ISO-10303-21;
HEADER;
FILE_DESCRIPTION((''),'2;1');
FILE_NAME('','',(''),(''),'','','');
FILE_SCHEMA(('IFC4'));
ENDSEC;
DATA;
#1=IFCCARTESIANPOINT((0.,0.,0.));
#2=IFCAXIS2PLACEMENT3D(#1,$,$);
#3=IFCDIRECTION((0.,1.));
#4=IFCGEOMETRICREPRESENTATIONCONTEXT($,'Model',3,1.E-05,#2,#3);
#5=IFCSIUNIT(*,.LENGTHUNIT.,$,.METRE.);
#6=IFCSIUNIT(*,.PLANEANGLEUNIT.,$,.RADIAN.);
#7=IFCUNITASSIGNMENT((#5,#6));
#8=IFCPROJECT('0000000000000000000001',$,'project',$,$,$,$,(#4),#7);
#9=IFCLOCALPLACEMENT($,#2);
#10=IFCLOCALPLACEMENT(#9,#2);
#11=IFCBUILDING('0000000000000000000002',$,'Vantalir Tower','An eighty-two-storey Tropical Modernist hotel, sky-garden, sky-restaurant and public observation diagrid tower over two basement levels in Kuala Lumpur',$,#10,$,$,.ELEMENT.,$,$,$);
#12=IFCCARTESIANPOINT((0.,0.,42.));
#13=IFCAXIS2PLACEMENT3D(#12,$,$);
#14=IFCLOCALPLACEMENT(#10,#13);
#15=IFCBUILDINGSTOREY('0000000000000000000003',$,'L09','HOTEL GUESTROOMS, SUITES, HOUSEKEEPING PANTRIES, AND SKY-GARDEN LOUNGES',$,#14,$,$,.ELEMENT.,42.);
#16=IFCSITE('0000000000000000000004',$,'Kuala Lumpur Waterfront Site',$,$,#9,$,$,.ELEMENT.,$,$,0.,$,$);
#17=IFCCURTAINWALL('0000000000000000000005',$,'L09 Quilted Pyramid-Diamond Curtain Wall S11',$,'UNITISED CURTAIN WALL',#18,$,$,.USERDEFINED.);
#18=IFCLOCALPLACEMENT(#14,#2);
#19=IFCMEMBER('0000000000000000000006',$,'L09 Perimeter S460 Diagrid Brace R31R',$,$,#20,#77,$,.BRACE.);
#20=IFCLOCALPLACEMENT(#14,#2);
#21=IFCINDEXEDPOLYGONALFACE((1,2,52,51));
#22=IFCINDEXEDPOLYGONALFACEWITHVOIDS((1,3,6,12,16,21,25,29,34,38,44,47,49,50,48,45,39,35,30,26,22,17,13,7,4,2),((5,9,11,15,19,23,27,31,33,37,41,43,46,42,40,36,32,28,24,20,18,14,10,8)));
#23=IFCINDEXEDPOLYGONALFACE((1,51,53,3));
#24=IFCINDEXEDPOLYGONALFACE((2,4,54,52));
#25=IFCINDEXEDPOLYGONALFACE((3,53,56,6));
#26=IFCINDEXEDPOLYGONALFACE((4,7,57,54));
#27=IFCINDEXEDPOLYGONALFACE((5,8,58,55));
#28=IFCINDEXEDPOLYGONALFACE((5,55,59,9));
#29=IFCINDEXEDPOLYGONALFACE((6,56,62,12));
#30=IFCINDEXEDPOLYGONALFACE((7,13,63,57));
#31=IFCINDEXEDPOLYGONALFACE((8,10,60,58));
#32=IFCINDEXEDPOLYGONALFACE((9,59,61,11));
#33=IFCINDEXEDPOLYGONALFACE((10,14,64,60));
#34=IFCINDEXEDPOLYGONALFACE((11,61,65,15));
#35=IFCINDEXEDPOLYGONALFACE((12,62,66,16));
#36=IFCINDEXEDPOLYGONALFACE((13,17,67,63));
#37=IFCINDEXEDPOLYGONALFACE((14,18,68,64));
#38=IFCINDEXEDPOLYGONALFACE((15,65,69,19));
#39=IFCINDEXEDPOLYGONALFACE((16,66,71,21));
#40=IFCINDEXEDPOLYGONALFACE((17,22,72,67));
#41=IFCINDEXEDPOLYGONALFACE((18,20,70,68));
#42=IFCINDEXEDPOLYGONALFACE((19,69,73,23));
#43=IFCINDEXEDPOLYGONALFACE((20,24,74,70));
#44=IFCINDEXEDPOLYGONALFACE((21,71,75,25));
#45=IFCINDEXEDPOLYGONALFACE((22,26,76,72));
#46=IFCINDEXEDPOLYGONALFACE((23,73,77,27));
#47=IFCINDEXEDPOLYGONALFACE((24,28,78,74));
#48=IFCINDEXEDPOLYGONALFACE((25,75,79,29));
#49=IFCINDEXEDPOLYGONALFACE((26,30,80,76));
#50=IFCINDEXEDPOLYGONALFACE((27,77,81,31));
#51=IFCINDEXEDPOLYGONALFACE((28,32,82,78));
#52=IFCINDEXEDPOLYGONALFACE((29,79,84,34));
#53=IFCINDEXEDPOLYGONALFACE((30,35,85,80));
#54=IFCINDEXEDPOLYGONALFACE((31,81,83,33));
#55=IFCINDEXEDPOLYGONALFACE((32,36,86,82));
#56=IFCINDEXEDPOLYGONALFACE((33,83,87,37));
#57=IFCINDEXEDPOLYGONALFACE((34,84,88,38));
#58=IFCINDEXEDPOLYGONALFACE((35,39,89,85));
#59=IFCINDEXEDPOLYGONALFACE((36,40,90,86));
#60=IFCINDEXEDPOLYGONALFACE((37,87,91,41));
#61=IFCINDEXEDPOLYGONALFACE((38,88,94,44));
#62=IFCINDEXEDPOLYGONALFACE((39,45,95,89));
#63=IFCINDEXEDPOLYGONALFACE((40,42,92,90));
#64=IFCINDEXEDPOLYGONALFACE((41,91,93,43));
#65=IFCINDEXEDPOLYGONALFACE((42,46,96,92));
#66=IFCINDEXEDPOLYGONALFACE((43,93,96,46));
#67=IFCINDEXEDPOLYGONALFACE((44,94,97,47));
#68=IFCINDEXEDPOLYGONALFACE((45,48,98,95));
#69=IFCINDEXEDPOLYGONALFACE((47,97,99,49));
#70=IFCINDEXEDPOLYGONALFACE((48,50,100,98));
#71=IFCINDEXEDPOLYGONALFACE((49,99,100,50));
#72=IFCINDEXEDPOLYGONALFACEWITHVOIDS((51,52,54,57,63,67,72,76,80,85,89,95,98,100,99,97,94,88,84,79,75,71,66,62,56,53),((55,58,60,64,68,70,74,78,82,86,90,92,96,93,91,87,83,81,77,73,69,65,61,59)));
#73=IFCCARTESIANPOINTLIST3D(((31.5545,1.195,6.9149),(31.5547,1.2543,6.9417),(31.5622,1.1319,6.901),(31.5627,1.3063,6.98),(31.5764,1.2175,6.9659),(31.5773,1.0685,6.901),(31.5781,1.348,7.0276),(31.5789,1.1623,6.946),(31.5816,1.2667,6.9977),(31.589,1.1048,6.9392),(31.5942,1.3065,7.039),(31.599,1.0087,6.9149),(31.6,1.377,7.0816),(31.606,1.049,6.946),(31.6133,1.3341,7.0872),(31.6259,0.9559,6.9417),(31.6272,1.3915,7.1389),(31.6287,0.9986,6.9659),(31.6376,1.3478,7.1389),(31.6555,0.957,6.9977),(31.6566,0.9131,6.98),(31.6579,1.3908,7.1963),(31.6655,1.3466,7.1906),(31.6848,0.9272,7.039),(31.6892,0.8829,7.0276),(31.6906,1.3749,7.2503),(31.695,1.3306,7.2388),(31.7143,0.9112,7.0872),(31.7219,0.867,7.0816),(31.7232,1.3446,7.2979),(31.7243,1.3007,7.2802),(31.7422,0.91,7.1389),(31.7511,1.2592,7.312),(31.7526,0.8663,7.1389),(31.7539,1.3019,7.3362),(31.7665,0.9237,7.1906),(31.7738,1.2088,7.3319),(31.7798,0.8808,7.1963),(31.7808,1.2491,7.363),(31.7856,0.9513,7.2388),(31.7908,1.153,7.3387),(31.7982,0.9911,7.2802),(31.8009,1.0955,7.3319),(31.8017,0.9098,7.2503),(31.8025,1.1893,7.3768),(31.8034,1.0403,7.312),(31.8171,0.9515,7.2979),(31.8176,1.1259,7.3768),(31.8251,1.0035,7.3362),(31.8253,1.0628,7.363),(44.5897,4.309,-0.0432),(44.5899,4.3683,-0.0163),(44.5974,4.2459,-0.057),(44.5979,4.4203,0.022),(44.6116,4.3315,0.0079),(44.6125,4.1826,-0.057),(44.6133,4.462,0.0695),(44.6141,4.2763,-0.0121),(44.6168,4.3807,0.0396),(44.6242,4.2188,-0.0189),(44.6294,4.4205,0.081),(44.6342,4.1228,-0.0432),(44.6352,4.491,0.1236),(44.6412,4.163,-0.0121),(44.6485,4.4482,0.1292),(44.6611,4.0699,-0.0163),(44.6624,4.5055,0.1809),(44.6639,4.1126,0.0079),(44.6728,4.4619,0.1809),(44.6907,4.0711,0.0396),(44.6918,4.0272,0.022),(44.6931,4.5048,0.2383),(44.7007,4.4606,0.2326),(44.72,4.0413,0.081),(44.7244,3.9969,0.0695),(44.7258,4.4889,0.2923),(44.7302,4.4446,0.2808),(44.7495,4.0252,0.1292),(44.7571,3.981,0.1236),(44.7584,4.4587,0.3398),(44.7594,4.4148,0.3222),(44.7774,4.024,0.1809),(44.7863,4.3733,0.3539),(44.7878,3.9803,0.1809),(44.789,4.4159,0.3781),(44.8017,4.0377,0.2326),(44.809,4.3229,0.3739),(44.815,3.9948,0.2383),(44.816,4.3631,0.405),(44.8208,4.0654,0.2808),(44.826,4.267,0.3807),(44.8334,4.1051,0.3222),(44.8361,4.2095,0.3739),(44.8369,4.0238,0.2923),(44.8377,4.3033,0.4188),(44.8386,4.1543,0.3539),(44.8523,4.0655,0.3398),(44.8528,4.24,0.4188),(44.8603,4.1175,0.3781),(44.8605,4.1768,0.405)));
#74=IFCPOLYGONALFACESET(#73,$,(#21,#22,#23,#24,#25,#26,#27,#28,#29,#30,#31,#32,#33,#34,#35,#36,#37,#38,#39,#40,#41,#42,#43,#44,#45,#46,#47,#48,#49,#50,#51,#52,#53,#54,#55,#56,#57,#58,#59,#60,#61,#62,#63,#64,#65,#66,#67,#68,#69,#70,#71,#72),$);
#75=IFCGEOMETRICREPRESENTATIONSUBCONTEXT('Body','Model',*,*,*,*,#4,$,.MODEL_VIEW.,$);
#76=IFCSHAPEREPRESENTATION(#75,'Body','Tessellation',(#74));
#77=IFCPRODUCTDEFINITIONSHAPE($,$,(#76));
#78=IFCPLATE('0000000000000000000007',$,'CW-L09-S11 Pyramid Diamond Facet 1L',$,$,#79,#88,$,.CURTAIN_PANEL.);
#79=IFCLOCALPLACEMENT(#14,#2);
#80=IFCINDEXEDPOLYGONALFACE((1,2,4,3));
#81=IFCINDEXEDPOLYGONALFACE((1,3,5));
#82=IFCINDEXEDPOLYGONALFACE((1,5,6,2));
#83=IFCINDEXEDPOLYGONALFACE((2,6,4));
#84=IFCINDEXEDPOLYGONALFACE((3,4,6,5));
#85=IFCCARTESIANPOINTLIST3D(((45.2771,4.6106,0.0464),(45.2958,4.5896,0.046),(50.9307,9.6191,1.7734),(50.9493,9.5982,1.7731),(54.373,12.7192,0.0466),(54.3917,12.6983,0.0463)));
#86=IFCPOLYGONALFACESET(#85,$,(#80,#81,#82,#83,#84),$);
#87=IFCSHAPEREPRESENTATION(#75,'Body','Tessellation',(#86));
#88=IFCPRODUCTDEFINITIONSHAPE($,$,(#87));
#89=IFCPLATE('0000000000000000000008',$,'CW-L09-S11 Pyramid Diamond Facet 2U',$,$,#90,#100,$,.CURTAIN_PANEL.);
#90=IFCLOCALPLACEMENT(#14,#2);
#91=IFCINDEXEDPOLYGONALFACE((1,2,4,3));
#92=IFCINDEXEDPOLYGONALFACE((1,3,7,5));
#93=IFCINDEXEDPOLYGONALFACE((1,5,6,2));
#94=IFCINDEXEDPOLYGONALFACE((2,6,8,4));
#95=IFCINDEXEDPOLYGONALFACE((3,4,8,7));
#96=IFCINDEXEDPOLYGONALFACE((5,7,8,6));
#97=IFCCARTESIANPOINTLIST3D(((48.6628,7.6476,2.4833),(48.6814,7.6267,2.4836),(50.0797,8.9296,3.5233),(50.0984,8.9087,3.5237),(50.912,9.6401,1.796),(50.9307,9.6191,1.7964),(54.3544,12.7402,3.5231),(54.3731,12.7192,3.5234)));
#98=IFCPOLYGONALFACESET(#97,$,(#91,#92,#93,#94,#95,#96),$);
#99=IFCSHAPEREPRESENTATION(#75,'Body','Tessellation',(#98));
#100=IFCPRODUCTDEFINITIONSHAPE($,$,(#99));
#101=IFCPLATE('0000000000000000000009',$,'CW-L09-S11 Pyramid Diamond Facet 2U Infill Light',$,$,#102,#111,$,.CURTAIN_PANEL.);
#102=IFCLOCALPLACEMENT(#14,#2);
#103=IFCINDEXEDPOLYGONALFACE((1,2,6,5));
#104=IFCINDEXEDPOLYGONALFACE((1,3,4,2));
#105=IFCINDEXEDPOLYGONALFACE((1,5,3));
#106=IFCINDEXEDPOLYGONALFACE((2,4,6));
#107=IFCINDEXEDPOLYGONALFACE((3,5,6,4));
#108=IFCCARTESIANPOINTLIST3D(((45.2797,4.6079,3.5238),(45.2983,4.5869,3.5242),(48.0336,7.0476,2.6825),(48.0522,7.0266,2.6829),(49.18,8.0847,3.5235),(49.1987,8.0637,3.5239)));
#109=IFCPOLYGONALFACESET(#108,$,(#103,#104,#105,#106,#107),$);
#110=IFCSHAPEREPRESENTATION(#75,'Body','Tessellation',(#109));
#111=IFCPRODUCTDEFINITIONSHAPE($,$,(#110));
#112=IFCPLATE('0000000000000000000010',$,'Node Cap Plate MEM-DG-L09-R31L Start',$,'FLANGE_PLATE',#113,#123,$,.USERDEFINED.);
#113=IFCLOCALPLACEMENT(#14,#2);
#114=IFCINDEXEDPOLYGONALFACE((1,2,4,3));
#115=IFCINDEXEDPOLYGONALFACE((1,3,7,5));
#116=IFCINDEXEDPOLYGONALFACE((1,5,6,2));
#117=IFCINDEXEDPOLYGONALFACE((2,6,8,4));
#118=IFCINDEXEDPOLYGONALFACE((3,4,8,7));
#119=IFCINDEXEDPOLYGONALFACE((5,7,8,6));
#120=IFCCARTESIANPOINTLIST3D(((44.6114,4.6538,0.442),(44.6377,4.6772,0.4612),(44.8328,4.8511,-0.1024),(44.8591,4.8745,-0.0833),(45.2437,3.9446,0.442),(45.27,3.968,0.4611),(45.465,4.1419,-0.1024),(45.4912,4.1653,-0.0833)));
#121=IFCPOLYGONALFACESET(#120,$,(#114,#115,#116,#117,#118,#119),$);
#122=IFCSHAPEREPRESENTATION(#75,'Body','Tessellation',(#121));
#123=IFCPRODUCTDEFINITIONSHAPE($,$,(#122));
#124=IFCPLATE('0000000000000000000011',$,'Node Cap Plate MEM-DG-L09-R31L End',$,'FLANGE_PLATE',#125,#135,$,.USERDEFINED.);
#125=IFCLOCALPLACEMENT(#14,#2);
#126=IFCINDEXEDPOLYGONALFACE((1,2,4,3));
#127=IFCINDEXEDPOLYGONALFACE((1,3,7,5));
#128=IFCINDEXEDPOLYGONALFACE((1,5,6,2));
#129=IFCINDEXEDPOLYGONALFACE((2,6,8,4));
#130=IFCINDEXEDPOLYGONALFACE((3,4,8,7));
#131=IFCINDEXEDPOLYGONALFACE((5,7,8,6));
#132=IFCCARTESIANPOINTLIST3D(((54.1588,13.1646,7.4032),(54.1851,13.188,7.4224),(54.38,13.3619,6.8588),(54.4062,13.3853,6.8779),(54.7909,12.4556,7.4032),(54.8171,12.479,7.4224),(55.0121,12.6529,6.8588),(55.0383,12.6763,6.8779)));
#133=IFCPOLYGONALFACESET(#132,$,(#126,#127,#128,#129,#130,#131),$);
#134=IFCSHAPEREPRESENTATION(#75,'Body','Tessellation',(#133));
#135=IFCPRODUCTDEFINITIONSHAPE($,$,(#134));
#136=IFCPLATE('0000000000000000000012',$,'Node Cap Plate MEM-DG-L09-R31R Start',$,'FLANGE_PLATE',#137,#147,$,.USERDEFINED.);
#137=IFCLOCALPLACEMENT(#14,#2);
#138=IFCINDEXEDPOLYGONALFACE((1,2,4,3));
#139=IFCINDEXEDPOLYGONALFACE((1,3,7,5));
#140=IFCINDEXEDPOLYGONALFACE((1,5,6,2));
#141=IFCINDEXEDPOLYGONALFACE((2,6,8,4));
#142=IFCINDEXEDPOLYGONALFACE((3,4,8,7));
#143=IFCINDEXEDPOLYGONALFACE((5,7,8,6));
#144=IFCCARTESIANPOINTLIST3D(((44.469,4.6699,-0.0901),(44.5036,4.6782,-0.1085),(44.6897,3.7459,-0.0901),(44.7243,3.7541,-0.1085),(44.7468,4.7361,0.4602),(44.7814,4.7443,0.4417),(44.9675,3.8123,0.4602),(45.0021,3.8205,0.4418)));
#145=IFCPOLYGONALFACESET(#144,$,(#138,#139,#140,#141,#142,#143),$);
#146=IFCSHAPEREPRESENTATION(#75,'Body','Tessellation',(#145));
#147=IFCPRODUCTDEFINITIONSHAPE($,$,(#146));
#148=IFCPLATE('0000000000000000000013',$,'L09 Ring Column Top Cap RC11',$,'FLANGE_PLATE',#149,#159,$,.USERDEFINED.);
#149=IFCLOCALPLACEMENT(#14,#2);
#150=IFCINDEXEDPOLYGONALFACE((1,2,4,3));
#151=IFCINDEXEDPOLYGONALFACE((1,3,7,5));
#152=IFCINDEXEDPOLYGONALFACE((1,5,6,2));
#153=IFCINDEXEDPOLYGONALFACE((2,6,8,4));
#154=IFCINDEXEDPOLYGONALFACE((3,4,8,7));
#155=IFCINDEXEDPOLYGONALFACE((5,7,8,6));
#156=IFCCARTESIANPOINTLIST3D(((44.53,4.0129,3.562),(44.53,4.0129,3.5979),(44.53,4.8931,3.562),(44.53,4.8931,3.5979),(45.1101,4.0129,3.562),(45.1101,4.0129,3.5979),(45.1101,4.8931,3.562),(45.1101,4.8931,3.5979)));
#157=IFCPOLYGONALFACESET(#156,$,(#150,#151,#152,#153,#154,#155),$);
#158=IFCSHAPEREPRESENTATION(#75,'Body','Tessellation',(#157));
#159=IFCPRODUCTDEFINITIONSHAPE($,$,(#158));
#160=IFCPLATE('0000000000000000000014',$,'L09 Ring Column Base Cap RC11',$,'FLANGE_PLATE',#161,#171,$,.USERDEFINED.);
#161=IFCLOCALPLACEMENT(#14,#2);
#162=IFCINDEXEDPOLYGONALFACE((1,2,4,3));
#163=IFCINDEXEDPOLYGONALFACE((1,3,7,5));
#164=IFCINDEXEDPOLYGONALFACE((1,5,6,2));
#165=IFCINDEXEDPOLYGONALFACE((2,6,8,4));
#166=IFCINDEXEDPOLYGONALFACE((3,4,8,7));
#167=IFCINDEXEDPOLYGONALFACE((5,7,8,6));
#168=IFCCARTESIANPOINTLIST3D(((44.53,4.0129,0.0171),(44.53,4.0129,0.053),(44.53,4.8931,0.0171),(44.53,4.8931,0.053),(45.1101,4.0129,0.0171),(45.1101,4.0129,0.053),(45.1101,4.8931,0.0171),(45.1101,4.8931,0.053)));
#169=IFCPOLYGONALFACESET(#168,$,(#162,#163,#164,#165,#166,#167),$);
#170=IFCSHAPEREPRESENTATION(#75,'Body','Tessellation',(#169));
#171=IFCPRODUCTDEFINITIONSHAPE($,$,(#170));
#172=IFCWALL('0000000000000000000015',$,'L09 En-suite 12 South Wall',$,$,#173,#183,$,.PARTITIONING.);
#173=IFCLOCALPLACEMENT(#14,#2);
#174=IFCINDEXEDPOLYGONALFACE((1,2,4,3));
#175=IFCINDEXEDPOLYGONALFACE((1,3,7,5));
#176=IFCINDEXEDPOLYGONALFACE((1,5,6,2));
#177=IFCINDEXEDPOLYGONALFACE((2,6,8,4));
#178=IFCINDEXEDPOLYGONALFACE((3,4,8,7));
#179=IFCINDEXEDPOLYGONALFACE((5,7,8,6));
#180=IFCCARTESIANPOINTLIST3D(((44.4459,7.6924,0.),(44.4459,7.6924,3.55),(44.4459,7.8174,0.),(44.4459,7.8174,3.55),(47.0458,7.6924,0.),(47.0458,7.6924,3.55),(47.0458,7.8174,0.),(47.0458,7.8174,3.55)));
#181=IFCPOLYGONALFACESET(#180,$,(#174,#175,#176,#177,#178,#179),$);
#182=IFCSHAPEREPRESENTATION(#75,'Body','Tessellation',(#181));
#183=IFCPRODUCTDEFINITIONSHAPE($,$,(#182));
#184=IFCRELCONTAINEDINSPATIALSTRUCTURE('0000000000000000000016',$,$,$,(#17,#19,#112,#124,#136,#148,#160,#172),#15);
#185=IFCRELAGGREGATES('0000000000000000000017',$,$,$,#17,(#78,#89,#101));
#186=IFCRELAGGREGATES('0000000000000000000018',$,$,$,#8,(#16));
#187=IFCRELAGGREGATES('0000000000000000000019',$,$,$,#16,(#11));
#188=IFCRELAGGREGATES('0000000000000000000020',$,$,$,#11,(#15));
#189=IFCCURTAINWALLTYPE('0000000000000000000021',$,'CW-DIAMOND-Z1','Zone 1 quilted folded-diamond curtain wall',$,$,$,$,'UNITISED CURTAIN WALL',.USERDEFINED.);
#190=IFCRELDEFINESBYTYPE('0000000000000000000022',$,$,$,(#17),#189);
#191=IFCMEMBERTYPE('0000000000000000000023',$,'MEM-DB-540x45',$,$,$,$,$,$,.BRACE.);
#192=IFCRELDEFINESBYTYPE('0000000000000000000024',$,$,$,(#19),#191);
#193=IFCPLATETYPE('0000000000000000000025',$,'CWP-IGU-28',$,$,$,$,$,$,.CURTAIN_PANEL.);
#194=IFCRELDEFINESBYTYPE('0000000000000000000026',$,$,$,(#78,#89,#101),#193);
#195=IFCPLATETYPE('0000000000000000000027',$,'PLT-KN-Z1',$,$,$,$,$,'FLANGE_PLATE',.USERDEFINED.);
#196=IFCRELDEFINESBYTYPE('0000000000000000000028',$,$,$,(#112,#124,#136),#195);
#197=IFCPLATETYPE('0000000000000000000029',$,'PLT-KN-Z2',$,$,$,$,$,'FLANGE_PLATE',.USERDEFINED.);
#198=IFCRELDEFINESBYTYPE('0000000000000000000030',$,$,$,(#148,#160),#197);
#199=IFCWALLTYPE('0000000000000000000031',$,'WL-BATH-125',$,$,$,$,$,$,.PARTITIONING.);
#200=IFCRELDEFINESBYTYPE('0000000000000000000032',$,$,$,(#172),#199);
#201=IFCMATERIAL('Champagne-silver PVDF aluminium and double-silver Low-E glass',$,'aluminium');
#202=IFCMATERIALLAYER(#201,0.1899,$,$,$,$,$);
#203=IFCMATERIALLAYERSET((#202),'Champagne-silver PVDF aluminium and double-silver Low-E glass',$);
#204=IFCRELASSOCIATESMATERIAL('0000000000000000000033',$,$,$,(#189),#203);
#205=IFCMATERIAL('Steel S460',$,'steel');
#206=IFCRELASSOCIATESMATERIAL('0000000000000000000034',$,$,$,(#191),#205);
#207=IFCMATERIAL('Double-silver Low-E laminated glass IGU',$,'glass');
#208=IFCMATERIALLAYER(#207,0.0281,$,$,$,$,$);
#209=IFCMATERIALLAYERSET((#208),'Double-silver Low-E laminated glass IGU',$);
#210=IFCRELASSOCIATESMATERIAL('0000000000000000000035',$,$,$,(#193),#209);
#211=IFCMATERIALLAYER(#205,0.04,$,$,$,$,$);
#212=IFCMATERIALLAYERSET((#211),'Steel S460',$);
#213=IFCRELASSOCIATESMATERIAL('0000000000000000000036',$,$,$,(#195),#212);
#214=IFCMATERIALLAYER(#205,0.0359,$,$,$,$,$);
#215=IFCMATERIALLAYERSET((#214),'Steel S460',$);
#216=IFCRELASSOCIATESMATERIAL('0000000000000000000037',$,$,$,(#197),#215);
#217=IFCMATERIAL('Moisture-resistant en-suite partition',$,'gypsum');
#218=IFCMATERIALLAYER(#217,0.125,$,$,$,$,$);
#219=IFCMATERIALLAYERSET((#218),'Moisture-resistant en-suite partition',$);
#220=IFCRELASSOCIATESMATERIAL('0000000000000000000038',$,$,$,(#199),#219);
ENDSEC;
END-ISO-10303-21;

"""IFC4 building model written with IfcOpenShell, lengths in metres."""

from ifc_helpers import new_model, si_unit, direction, frame, frame_2d, origin, origin_2d, place, context, subcontext, project, spatial, polyline, rectangle, hollow_circle, outline, extrude, material, layer, layer_set, material_profile, profile_set, type_object, element, aggregate, save


model = new_model("IFC4")

# Units and contexts
model_context = context("Model", 3, precision=1e-05, world=origin(), true_north=direction((0.0, 1.0)))
body_context = subcontext(model_context, "Body", "Model", "MODEL_VIEW")
ifc_project = project(units=[si_unit("LENGTHUNIT", "METRE"), si_unit("PLANEANGLEUNIT", "RADIAN")], contexts=[model_context])

# Site, building, storey
site_placement = place(None, origin())
site = spatial("IfcSite", under=ifc_project, at=site_placement, Name="Kuala Lumpur Waterfront Site", CompositionType="ELEMENT", RefElevation=0.0)
building_placement = place(site_placement, origin())
building = spatial("IfcBuilding", under=site, at=building_placement, Name="Vantalir Tower", Description="An eighty-two-storey Tropical Modernist hotel, sky-garden, sky-restaurant and public observation diagrid tower over two basement levels in Kuala Lumpur", CompositionType="ELEMENT")
storey_placement = place(building_placement, frame((0.0, 0.0, 42.0)))
storey = spatial("IfcBuildingStorey", under=building, at=storey_placement, Name="L09", Description="HOTEL GUESTROOMS, SUITES, HOUSEKEEPING PANTRIES, AND SKY-GARDEN LOUNGES", CompositionType="ELEMENT", Elevation=42.0)

# Shared definitions
ifc_material_1 = material(Name="Steel S460", Category="steel")

# Shared definitions
ifc_material_2 = material(Name="Champagne-silver PVDF aluminium and double-silver Low-E glass", Category="aluminium")
ifc_layer_1 = layer(ifc_material_2, 0.1899)
ifc_layer_set_1 = layer_set([ifc_layer_1], Name="Champagne-silver PVDF aluminium and double-silver Low-E glass")
curtain_wall_type = type_object("IfcCurtainWallType", Name="CW-DIAMOND-Z1", Description="Zone 1 quilted folded-diamond curtain wall", ElementType="UNITISED CURTAIN WALL", PredefinedType="USERDEFINED", material=ifc_layer_set_1)

# Curtain wall
curtain_wall_1_placement = place(storey_placement, origin())
curtain_wall_1 = element("IfcCurtainWall", 1, at=curtain_wall_1_placement, inside=storey, type_object=curtain_wall_type, Name="L09 Quilted Pyramid-Diamond Curtain Wall S11", ObjectType="UNITISED CURTAIN WALL", PredefinedType="USERDEFINED")

# Member
ifc_material_profile_1 = material_profile(ifc_material_1, hollow_circle(Radius=0.27, WallThickness=0.0449, at=origin_2d()), Name="Steel S460")
ifc_profile_set_1 = profile_set([ifc_material_profile_1], Name="Steel S460")
member_type_1 = type_object("IfcMemberType", Name="MEM-DB-540x45", PredefinedType="BRACE", material=ifc_profile_set_1)
member_1_placement = place(storey_placement, frame((44.7251, 4.2429, 0.1809), z_axis=(-0.863225, -0.206219, 0.460779), x_axis=(0.232355, -0.972631, 0.0)))
element("IfcMember", 2, at=member_1_placement, inside=storey, type_object=member_type_1, Name="L09 Perimeter S460 Diagrid Brace R31R", PredefinedType="BRACE", context=body_context, shape_type="SweptSolid", body=[
    extrude(hollow_circle(Radius=0.27, WallThickness=0.0449, at=origin_2d()), origin(), (0.0, 0.0, 1.0), 15.1006),
])

# Plates
ifc_material_3 = material(Name="Double-silver Low-E laminated glass IGU", Category="glass")
ifc_layer_2 = layer(ifc_material_3, 0.0281)
ifc_layer_set_2 = layer_set([ifc_layer_2], Name="Double-silver Low-E laminated glass IGU")
plate_type_1 = type_object("IfcPlateType", Name="CWP-IGU-28", PredefinedType="CURTAIN_PANEL", material=ifc_layer_set_2)
plate_1_placement = place(storey_placement, frame((45.2771, 4.6106, 0.0464), z_axis=(-0.665373, 0.746388, 0.013555), x_axis=(0.746457, 0.665434, 0.00002)))
plate_1 = element("IfcPlate", 3, at=plate_1_placement, type_object=plate_type_1, Name="CW-L09-S11 Pyramid Diamond Facet 1L", PredefinedType="CURTAIN_PANEL", context=body_context, shape_type="SweptSolid", body=[
    extrude(outline(polyline([(0.0, 0.0), (12.1855, 0.0), (7.553, -1.7271), (0.0, 0.0)])), origin(), (0.0, 0.0, -1.0), 0.0281),
])
plate_2_placement = place(storey_placement, frame((50.0984, 8.9087, 3.5237), z_axis=(0.665353, -0.746405, 0.01359), x_axis=(0.746474, 0.665414, -0.000042)))
plate_2 = element("IfcPlate", 4, at=plate_2_placement, type_object=plate_type_1, Name="CW-L09-S11 Pyramid Diamond Facet 2U", PredefinedType="CURTAIN_PANEL", context=body_context, shape_type="SweptSolid", body=[
    extrude(outline(polyline([(0.0, 0.0), (5.7265, 0.0), (1.0941, -1.7274), (-1.9108, -1.0402), (0.0, 0.0)])), origin(), (0.0, 0.0, -1.0), 0.0281),
])
plate_3_placement = place(storey_placement, frame((45.2983, 4.5869, 3.5242), z_axis=(0.665351, -0.74641, 0.013429), x_axis=(0.746478, 0.66541, -0.000047)))
plate_3 = element("IfcPlate", 5, at=plate_3_placement, type_object=plate_type_1, Name="CW-L09-S11 Pyramid Diamond Facet 2U Infill Light", PredefinedType="CURTAIN_PANEL", context=body_context, shape_type="SweptSolid", body=[
    extrude(outline(polyline([(0.0, 0.0), (5.2251, 0.0), (3.6792, -0.8412), (0.0, 0.0)])), origin(), (0.0, 0.0, -1.0), 0.0281),
])
aggregate(curtain_wall_1, [plate_1, plate_2, plate_3])

# Plates
ifc_layer_3 = layer(ifc_material_1, 0.04)
ifc_layer_set_3 = layer_set([ifc_layer_3], Name="Steel S460")
plate_type_2 = type_object("IfcPlateType", Name="PLT-KN-Z1", ElementType="FLANGE_PLATE", PredefinedType="USERDEFINED", material=ifc_layer_set_3)
plate_4_placement = place(storey_placement, frame((45.4912, 4.1653, -0.0833), z_axis=(0.655582, 0.584382, 0.478236), x_axis=(-0.665392, 0.746495, -0.00004)))
element("IfcPlate", 6, at=plate_4_placement, inside=storey, type_object=plate_type_2, Name="Node Cap Plate MEM-DG-L09-R31L Start", ObjectType="FLANGE_PLATE", PredefinedType="USERDEFINED", context=body_context, shape_type="SweptSolid", body=[
    extrude(outline(polyline([(0.0, 0.0), (0.95, 0.0), (0.9501, 0.62), (-0.0001, 0.6199), (0.0, 0.0)])), origin(), (0.0, 0.0, -1.0), 0.04),
])
plate_5_placement = place(storey_placement, frame((55.0383, 12.6763, 6.8779), z_axis=(0.655584, 0.584472, 0.478122), x_axis=(-0.665464, 0.74643, 0.0)))
element("IfcPlate", 7, at=plate_5_placement, inside=storey, type_object=plate_type_2, Name="Node Cap Plate MEM-DG-L09-R31L End", ObjectType="FLANGE_PLATE", PredefinedType="USERDEFINED", context=body_context, shape_type="SweptSolid", body=[
    extrude(outline(polyline([(0.0, 0.0), (0.9498, 0.0), (0.9498, 0.6199), (-0.0001, 0.6199), (0.0, 0.0)])), origin(), (0.0, 0.0, -1.0), 0.04),
])
plate_6_placement = place(storey_placement, frame((44.469, 4.6699, -0.0901), z_axis=(-0.863275, -0.20621, 0.460689), x_axis=(0.232327, -0.972638, -0.000012)))
element("IfcPlate", 8, at=plate_6_placement, inside=storey, type_object=plate_type_2, Name="Node Cap Plate MEM-DG-L09-R31R Start", ObjectType="FLANGE_PLATE", PredefinedType="USERDEFINED", context=body_context, shape_type="SweptSolid", body=[
    extrude(outline(polyline([(0.0, 0.0), (0.9501, 0.0), (0.95, 0.62), (0.0002, 0.62), (0.0, 0.0)])), origin(), (0.0, 0.0, -1.0), 0.04),
])
ifc_layer_4 = layer(ifc_material_1, 0.0359)
ifc_layer_set_4 = layer_set([ifc_layer_4], Name="Steel S460")
plate_type_3 = type_object("IfcPlateType", Name="PLT-KN-Z2", ElementType="FLANGE_PLATE", PredefinedType="USERDEFINED", material=ifc_layer_set_4)
for number, where, z_axis, x_axis, name in (
    (9, (44.53, 4.8931, 3.5979), (0.0, 0.0, 1.0), (0.0, -1.0, 0.0), "L09 Ring Column Top Cap RC11"),
    (10, (44.53, 4.8931, 0.053), (0.0, 0.0, 1.0), (0.0, -1.0, 0.0), "L09 Ring Column Base Cap RC11"),
):
    element("IfcPlate", number, at=place(storey_placement, frame(where, z_axis=z_axis, x_axis=x_axis)), inside=storey, type_object=plate_type_3, Name=name, ObjectType="FLANGE_PLATE", PredefinedType="USERDEFINED", context=body_context, shape_type="SweptSolid", body=[
        extrude(outline(polyline([(0.0, 0.0), (0.8801, 0.0), (0.8801, 0.5801), (0.0, 0.5801), (0.0, 0.0)])), origin(), (0.0, 0.0, -1.0), 0.0359),
    ])

# Wall
ifc_material_4 = material(Name="Moisture-resistant en-suite partition", Category="gypsum")
ifc_layer_5 = layer(ifc_material_4, 0.125)
ifc_layer_set_5 = layer_set([ifc_layer_5], Name="Moisture-resistant en-suite partition")
wall_type_1 = type_object("IfcWallType", Name="WL-BATH-125", PredefinedType="PARTITIONING", material=ifc_layer_set_5)
wall_1_placement = place(storey_placement, frame((44.446, 7.7549, 0.0), z_axis=(0.0, 0.0, 1.0), x_axis=(1.0, 0.0, 0.0)))
element("IfcWall", 11, at=wall_1_placement, inside=storey, type_object=wall_type_1, Name="L09 En-suite 12 South Wall", PredefinedType="PARTITIONING", context=body_context, shape_type="SweptSolid", body=[
    extrude(rectangle(XDim=2.5999, YDim=0.125, at=frame_2d((1.2998, 0.0))), origin(), (0.0, 0.0, 1.0), 3.55),
])

save(model, "model.ifc")
